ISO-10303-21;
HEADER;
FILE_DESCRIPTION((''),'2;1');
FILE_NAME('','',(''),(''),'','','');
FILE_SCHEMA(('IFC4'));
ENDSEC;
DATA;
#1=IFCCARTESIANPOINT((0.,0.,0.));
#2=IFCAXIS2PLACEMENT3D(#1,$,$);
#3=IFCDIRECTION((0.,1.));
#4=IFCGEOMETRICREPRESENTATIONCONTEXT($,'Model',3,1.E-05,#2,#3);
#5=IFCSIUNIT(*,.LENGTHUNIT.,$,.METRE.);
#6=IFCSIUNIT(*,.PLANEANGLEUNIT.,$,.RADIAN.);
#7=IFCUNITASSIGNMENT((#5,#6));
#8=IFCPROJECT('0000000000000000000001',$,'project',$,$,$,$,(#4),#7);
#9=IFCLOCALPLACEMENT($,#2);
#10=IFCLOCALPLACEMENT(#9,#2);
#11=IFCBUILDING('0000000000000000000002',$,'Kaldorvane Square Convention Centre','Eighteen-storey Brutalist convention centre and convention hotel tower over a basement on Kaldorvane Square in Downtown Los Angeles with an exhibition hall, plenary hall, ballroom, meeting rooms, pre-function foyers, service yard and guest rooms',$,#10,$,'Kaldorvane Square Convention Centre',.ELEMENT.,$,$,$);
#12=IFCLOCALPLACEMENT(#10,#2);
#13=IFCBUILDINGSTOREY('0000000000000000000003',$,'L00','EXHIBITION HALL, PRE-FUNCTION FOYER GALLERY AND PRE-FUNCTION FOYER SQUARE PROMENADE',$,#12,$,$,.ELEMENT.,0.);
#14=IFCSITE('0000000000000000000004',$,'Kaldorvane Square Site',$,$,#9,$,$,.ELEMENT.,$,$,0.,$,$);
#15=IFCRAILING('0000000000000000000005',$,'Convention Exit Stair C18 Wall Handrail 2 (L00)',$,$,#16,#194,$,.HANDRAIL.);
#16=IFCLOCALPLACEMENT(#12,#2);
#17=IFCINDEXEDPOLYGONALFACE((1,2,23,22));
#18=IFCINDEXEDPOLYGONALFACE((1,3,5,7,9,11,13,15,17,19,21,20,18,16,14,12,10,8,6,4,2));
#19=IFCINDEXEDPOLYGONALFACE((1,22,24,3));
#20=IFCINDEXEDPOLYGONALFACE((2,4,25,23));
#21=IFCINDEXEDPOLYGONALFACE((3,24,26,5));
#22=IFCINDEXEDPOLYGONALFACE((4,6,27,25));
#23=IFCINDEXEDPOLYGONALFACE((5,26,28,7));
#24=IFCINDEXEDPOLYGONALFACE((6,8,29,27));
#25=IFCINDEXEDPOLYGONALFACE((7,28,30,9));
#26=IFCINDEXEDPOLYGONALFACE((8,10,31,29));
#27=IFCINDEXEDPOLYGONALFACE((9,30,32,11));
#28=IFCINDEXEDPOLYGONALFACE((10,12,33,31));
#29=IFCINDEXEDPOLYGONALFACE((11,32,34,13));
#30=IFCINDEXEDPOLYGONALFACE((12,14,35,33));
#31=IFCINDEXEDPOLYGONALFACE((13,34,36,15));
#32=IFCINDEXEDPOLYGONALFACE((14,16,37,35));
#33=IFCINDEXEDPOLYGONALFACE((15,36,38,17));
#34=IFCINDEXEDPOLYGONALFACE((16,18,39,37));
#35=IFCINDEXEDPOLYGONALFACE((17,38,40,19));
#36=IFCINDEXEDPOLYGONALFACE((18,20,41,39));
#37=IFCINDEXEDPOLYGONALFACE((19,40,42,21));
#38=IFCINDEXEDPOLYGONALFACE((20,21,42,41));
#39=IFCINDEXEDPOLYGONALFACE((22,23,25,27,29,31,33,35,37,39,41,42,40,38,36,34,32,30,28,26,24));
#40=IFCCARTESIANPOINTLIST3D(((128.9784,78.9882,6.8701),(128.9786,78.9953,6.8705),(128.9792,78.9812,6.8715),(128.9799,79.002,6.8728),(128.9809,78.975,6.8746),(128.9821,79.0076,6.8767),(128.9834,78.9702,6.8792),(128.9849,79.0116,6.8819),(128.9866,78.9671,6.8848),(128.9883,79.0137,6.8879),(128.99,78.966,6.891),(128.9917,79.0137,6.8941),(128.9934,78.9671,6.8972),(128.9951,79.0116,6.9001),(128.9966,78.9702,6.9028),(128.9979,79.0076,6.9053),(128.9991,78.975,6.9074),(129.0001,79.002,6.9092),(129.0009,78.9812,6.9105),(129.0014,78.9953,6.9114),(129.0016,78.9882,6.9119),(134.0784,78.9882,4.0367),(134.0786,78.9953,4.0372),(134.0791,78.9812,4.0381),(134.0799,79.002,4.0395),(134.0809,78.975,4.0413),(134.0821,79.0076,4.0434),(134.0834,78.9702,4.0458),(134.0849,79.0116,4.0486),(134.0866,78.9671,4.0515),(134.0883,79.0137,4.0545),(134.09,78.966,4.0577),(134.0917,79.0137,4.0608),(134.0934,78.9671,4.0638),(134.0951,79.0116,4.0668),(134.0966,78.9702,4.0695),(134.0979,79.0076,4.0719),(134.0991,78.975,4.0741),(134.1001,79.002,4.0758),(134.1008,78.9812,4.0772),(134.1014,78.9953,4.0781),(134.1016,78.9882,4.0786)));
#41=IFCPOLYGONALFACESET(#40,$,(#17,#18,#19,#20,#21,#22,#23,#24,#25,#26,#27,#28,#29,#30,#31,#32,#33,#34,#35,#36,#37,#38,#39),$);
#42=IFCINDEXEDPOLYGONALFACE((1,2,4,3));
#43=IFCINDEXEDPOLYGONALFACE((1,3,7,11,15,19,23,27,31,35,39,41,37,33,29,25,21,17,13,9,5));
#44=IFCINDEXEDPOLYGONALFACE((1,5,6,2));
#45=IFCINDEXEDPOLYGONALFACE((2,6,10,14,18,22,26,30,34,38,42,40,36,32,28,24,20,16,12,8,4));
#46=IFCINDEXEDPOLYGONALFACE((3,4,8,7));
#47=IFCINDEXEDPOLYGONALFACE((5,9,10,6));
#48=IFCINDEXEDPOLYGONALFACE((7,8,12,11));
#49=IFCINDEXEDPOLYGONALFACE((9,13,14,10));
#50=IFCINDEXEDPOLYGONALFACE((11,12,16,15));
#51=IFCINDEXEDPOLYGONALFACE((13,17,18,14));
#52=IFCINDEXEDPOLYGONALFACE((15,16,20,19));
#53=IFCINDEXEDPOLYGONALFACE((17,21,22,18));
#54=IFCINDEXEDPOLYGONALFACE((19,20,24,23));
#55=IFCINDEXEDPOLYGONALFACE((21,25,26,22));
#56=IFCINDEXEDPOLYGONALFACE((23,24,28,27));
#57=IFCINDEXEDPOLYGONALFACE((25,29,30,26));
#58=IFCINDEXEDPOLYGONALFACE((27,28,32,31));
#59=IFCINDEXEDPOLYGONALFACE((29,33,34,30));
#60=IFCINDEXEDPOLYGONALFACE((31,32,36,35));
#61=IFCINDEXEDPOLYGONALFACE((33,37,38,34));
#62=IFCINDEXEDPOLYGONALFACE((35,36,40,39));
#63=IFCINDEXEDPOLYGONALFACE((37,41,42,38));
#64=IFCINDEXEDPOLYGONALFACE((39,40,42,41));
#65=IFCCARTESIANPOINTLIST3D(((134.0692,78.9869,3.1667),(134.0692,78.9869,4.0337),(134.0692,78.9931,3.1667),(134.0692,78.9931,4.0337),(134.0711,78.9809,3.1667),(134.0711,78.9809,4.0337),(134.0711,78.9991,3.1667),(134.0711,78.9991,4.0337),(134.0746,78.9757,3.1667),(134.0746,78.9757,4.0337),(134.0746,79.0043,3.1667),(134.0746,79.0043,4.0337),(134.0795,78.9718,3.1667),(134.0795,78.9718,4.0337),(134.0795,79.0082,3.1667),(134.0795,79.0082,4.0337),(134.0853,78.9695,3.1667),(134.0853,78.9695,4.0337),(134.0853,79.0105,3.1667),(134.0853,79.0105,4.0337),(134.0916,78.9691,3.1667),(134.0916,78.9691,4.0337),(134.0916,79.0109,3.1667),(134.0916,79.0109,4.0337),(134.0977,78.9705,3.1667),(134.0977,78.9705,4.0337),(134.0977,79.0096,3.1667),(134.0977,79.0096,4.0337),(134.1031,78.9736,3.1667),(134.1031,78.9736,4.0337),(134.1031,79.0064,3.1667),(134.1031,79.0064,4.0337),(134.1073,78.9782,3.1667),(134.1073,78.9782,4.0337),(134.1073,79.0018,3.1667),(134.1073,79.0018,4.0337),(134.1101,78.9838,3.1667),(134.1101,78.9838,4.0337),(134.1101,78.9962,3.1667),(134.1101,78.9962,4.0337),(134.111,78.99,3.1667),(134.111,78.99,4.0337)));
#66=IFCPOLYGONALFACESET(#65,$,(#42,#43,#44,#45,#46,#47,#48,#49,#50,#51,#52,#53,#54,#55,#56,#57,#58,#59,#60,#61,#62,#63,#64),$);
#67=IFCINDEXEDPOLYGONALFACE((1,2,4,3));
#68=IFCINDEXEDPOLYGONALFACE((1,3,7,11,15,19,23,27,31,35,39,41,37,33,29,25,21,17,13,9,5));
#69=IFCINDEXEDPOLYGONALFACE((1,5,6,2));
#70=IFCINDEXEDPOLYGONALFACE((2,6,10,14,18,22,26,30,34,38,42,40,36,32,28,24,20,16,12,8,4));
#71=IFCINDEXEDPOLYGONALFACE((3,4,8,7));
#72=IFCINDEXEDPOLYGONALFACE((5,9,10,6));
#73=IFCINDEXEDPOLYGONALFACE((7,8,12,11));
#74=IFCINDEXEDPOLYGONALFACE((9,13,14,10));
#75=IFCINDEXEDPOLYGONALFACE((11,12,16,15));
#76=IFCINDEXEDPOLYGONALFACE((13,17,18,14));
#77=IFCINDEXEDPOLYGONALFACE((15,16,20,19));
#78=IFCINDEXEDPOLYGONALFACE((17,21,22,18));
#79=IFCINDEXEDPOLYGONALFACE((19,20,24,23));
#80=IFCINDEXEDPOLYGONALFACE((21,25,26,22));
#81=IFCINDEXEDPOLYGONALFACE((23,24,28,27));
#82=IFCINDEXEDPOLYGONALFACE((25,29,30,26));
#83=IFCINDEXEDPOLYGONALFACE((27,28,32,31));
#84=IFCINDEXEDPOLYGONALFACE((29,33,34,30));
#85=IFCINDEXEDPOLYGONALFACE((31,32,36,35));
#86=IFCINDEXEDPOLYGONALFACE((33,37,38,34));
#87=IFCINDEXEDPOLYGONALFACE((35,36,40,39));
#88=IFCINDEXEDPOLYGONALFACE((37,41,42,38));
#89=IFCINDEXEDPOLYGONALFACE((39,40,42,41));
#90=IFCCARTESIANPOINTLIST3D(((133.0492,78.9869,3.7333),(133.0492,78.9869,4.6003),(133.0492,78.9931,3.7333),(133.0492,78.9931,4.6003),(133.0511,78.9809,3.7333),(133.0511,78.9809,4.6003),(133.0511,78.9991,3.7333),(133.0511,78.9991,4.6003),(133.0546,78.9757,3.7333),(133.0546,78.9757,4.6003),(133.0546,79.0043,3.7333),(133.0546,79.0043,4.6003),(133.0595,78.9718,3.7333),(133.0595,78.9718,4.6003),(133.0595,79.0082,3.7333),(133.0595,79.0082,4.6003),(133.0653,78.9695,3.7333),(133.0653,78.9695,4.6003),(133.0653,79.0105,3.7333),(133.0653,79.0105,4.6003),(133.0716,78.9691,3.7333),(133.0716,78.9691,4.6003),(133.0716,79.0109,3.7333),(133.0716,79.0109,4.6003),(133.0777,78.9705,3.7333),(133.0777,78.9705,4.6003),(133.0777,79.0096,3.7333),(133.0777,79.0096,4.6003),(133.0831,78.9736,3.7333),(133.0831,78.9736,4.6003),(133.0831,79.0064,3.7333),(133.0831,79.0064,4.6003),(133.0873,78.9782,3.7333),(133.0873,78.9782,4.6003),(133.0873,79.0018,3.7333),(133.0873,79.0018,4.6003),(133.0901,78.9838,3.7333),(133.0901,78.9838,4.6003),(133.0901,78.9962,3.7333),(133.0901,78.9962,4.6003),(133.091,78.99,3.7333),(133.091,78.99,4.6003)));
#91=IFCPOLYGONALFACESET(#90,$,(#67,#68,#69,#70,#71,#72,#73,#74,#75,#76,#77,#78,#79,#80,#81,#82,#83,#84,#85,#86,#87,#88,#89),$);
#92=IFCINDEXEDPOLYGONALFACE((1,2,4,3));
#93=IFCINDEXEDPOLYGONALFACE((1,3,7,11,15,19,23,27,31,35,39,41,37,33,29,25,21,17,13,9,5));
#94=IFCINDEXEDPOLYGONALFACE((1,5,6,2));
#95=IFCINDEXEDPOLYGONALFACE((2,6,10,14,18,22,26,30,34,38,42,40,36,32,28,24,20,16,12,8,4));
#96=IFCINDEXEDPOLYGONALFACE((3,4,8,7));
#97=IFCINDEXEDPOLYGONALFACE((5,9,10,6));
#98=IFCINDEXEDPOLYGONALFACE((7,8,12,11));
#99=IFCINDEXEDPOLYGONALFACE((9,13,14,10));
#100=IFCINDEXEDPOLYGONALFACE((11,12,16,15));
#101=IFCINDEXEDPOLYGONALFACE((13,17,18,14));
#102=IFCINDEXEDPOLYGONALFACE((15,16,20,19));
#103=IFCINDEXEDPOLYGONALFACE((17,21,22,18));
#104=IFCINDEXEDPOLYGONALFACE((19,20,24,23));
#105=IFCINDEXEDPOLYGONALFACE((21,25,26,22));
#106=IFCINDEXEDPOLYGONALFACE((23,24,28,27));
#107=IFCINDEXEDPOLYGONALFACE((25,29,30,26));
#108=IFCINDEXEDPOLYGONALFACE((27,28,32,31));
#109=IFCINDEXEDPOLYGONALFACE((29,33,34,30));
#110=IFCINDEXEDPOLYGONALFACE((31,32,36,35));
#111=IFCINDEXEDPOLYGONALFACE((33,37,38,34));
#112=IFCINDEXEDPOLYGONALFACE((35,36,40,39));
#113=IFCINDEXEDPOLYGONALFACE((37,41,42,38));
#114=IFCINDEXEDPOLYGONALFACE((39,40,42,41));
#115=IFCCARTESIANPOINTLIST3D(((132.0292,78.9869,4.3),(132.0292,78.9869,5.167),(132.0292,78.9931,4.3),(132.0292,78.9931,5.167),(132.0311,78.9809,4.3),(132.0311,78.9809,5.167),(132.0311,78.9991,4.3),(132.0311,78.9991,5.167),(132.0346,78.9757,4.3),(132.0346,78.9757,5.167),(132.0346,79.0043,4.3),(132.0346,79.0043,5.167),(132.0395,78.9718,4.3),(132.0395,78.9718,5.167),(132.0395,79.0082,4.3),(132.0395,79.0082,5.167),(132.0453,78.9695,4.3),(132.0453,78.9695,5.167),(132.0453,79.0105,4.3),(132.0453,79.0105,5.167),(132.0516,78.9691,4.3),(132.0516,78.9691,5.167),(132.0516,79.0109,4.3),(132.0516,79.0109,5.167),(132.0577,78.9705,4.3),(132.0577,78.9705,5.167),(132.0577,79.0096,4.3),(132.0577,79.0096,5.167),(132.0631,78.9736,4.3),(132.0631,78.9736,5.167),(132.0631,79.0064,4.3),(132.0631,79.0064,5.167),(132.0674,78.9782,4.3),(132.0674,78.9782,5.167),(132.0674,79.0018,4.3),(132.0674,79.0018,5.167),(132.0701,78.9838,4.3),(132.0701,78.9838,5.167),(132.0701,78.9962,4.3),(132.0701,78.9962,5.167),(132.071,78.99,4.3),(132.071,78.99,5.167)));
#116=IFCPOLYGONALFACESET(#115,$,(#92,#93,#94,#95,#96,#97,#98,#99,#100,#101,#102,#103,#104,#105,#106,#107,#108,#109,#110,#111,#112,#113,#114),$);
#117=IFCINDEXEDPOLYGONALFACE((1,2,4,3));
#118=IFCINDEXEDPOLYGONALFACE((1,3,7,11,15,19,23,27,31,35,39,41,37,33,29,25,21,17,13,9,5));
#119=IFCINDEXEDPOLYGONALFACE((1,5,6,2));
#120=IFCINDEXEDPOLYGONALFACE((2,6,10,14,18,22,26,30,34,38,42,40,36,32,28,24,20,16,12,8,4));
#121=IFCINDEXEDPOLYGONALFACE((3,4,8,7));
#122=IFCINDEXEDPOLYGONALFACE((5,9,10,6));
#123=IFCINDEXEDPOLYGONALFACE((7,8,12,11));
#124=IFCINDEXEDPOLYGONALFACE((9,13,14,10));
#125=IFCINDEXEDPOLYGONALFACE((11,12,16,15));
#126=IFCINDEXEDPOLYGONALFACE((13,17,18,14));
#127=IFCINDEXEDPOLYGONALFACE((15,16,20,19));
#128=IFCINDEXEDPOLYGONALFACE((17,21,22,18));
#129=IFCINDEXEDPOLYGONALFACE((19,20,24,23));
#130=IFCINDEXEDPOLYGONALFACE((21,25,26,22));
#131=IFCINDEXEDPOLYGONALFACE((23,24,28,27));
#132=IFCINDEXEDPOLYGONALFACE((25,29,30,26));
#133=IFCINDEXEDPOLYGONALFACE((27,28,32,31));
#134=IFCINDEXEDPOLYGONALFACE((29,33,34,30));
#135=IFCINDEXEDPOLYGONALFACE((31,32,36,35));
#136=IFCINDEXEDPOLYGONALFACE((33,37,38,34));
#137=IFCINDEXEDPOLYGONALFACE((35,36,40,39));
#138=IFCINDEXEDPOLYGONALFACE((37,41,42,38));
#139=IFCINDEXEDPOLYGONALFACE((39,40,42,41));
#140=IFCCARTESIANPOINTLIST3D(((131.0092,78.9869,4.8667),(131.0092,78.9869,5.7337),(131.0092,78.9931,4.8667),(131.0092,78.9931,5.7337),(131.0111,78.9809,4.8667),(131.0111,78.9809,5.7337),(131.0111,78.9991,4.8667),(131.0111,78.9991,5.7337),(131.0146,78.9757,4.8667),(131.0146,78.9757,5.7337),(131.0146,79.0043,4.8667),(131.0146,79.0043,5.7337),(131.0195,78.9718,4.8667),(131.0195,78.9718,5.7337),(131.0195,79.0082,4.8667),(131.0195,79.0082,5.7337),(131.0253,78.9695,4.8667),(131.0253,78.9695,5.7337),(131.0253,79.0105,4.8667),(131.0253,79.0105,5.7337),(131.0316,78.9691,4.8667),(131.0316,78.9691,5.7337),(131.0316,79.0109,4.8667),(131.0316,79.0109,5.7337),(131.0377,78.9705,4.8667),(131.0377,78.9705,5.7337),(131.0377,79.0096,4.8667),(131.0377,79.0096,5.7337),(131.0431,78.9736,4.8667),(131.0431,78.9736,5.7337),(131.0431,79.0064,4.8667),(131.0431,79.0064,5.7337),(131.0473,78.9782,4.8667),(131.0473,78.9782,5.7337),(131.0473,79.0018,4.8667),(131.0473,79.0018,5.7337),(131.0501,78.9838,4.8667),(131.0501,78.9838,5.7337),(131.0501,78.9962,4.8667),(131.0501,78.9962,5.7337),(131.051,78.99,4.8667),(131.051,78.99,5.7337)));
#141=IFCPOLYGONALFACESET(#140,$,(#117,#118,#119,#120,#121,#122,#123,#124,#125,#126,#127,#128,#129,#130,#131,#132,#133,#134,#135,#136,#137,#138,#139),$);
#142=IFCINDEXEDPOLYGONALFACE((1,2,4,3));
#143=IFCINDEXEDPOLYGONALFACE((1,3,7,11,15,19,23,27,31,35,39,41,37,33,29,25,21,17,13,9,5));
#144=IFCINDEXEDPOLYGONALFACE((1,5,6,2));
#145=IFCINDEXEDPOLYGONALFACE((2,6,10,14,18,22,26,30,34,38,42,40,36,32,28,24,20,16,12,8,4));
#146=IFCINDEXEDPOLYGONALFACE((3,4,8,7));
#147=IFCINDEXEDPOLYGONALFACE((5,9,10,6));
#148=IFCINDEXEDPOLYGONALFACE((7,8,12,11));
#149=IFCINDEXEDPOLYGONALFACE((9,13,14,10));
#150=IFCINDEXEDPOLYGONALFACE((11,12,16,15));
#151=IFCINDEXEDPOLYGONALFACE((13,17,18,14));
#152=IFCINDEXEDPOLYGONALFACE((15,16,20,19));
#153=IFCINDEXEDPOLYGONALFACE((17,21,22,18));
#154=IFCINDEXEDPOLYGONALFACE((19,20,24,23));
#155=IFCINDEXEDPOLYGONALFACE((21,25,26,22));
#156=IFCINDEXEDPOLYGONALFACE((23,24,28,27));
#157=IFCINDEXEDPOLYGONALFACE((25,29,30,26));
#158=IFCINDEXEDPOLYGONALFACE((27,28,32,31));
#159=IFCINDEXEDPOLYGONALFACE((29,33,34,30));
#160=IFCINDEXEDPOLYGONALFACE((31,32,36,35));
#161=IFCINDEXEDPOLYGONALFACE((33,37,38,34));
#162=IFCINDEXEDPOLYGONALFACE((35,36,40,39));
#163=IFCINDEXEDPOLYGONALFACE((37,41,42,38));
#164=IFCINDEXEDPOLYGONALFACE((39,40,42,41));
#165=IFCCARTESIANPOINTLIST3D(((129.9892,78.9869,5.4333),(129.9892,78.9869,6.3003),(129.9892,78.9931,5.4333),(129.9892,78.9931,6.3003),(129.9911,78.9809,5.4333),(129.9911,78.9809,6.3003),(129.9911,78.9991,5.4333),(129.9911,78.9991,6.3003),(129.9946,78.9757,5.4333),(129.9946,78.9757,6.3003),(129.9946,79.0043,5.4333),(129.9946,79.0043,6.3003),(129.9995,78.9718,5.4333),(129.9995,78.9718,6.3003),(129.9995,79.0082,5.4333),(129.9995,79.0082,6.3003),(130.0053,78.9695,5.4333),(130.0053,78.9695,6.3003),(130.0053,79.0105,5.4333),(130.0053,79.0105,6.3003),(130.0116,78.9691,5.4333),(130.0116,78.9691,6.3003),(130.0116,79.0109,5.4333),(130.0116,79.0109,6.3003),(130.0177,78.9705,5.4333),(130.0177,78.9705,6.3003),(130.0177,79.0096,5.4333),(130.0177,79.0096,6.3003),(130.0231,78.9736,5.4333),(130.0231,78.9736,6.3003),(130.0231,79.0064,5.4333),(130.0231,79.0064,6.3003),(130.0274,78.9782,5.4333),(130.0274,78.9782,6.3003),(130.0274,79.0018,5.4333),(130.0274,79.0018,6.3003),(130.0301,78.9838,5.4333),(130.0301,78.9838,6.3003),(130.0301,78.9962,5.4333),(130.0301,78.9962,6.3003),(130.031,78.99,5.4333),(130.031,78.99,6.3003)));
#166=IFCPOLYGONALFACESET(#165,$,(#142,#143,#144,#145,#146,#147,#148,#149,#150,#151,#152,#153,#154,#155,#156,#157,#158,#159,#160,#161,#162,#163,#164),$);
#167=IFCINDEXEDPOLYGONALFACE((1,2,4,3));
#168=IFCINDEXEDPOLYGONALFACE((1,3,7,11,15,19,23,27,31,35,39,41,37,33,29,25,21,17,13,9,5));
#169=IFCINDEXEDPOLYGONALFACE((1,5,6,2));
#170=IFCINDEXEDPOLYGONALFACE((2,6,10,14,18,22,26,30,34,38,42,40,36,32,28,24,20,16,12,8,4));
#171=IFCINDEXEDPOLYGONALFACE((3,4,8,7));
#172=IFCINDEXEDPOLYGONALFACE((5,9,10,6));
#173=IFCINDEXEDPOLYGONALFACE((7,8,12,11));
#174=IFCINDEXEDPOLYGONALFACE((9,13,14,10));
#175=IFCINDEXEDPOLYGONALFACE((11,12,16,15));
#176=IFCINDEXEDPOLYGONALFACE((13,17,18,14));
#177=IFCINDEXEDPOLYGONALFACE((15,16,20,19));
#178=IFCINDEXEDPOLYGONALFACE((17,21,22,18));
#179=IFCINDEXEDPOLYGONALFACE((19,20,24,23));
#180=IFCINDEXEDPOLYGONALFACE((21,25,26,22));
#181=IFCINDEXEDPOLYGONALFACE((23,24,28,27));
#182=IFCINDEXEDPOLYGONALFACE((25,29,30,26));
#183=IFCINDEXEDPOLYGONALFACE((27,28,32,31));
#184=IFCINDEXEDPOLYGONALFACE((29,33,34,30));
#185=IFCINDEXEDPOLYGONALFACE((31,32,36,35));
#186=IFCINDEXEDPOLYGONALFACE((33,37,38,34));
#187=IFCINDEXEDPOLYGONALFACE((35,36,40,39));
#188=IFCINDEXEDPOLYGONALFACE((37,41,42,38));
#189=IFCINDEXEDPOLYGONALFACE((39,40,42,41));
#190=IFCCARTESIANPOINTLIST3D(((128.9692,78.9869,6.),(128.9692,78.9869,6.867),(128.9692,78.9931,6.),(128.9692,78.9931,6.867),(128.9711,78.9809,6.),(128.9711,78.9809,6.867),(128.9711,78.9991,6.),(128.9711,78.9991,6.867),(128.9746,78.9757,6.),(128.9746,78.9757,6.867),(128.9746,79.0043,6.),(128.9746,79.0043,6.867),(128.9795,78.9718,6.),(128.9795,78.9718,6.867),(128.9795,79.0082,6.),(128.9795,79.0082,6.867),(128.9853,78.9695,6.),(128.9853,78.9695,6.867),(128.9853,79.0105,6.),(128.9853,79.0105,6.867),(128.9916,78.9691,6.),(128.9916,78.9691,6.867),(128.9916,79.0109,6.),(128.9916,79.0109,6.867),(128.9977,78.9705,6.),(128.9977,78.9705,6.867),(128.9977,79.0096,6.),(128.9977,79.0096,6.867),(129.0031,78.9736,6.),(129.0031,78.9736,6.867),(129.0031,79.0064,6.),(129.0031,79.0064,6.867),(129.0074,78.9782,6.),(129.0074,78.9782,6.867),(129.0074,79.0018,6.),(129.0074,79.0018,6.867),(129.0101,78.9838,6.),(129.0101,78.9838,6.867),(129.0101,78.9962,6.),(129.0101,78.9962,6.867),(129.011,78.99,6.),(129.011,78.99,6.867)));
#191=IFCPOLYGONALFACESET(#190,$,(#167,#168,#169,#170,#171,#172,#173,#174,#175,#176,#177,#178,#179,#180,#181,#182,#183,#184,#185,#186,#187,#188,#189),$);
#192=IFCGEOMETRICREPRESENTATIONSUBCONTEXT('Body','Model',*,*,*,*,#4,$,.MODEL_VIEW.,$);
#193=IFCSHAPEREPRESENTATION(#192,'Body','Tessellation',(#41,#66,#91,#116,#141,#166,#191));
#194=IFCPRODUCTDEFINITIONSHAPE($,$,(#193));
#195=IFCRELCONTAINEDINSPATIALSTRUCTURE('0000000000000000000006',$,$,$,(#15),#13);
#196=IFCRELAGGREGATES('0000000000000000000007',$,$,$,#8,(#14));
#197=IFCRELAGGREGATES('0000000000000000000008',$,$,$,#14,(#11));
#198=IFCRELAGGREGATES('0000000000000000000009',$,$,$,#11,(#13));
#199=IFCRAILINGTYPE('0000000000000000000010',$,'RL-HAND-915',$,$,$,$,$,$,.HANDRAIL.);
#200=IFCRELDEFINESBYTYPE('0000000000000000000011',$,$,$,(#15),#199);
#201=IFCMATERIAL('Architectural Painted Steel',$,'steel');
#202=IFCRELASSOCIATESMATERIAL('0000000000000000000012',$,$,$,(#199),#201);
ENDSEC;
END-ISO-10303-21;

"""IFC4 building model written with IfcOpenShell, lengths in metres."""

from ifc_helpers import new_model, si_unit, direction, frame, origin, origin_2d, place, context, subcontext, project, spatial, circle, extrude, material, type_object, element, save


model = new_model("IFC4")

# Units and contexts
model_context = context("Model", 3, precision=1e-05, world=origin(), true_north=direction((0.0, 1.0)))
body_context = subcontext(model_context, "Body", "Model", "MODEL_VIEW")
ifc_project = project(units=[si_unit("LENGTHUNIT", "METRE"), si_unit("PLANEANGLEUNIT", "RADIAN")], contexts=[model_context])

# Site, building, storey
site_placement = place(None, origin())
site = spatial("IfcSite", under=ifc_project, at=site_placement, Name="Kaldorvane Square Site", CompositionType="ELEMENT", RefElevation=0.0)
building_placement = place(site_placement, origin())
building = spatial("IfcBuilding", under=site, at=building_placement, Name="Kaldorvane Square Convention Centre", Description="Eighteen-storey Brutalist convention centre and convention hotel tower over a basement on Kaldorvane Square in Downtown Los Angeles with an exhibition hall, plenary hall, ballroom, meeting rooms, pre-function foyers, service yard and guest rooms", LongName="Kaldorvane Square Convention Centre", CompositionType="ELEMENT")
storey_placement = place(building_placement, origin())
storey = spatial("IfcBuildingStorey", under=building, at=storey_placement, Name="L00", Description="EXHIBITION HALL, PRE-FUNCTION FOYER GALLERY AND PRE-FUNCTION FOYER SQUARE PROMENADE", CompositionType="ELEMENT", Elevation=0.0)

# Railing
ifc_material_1 = material(Name="Architectural Painted Steel", Category="steel")
railing_type_1 = type_object("IfcRailingType", Name="RL-HAND-915", PredefinedType="HANDRAIL", material=ifc_material_1)
railing_1_placement = place(storey_placement, frame((134.09, 78.99, 3.1667)))
element("IfcRailing", 1, at=railing_1_placement, inside=storey, type_object=railing_type_1, Name="Convention Exit Stair C18 Wall Handrail 2 (L00)", PredefinedType="HANDRAIL", context=body_context, shape_type="SweptSolid", body=[
    extrude(circle(Radius=0.024, at=origin_2d()), frame((0.0, 0.0, 0.891), z_axis=(-0.874157, 0.0, 0.485643), x_axis=(0.0, -1.0, 0.0)), (0.0, 0.0, 1.0), 5.8342),
    extrude(circle(Radius=0.021, at=origin_2d()), origin(), (0.0, 0.0, 1.0), 0.867),
    extrude(circle(Radius=0.021, at=origin_2d()), frame((-1.02, 0.0, 0.5667)), (0.0, 0.0, 1.0), 0.867),
    extrude(circle(Radius=0.021, at=origin_2d()), frame((-2.04, 0.0, 1.1333)), (0.0, 0.0, 1.0), 0.867),
    extrude(circle(Radius=0.021, at=origin_2d()), frame((-3.06, 0.0, 1.7)), (0.0, 0.0, 1.0), 0.867),
    extrude(circle(Radius=0.021, at=origin_2d()), frame((-4.08, 0.0, 2.2667)), (0.0, 0.0, 1.0), 0.867),
    extrude(circle(Radius=0.021, at=origin_2d()), frame((-5.1, 0.0, 2.8333)), (0.0, 0.0, 1.0), 0.867),
])

save(model, "model.ifc")
